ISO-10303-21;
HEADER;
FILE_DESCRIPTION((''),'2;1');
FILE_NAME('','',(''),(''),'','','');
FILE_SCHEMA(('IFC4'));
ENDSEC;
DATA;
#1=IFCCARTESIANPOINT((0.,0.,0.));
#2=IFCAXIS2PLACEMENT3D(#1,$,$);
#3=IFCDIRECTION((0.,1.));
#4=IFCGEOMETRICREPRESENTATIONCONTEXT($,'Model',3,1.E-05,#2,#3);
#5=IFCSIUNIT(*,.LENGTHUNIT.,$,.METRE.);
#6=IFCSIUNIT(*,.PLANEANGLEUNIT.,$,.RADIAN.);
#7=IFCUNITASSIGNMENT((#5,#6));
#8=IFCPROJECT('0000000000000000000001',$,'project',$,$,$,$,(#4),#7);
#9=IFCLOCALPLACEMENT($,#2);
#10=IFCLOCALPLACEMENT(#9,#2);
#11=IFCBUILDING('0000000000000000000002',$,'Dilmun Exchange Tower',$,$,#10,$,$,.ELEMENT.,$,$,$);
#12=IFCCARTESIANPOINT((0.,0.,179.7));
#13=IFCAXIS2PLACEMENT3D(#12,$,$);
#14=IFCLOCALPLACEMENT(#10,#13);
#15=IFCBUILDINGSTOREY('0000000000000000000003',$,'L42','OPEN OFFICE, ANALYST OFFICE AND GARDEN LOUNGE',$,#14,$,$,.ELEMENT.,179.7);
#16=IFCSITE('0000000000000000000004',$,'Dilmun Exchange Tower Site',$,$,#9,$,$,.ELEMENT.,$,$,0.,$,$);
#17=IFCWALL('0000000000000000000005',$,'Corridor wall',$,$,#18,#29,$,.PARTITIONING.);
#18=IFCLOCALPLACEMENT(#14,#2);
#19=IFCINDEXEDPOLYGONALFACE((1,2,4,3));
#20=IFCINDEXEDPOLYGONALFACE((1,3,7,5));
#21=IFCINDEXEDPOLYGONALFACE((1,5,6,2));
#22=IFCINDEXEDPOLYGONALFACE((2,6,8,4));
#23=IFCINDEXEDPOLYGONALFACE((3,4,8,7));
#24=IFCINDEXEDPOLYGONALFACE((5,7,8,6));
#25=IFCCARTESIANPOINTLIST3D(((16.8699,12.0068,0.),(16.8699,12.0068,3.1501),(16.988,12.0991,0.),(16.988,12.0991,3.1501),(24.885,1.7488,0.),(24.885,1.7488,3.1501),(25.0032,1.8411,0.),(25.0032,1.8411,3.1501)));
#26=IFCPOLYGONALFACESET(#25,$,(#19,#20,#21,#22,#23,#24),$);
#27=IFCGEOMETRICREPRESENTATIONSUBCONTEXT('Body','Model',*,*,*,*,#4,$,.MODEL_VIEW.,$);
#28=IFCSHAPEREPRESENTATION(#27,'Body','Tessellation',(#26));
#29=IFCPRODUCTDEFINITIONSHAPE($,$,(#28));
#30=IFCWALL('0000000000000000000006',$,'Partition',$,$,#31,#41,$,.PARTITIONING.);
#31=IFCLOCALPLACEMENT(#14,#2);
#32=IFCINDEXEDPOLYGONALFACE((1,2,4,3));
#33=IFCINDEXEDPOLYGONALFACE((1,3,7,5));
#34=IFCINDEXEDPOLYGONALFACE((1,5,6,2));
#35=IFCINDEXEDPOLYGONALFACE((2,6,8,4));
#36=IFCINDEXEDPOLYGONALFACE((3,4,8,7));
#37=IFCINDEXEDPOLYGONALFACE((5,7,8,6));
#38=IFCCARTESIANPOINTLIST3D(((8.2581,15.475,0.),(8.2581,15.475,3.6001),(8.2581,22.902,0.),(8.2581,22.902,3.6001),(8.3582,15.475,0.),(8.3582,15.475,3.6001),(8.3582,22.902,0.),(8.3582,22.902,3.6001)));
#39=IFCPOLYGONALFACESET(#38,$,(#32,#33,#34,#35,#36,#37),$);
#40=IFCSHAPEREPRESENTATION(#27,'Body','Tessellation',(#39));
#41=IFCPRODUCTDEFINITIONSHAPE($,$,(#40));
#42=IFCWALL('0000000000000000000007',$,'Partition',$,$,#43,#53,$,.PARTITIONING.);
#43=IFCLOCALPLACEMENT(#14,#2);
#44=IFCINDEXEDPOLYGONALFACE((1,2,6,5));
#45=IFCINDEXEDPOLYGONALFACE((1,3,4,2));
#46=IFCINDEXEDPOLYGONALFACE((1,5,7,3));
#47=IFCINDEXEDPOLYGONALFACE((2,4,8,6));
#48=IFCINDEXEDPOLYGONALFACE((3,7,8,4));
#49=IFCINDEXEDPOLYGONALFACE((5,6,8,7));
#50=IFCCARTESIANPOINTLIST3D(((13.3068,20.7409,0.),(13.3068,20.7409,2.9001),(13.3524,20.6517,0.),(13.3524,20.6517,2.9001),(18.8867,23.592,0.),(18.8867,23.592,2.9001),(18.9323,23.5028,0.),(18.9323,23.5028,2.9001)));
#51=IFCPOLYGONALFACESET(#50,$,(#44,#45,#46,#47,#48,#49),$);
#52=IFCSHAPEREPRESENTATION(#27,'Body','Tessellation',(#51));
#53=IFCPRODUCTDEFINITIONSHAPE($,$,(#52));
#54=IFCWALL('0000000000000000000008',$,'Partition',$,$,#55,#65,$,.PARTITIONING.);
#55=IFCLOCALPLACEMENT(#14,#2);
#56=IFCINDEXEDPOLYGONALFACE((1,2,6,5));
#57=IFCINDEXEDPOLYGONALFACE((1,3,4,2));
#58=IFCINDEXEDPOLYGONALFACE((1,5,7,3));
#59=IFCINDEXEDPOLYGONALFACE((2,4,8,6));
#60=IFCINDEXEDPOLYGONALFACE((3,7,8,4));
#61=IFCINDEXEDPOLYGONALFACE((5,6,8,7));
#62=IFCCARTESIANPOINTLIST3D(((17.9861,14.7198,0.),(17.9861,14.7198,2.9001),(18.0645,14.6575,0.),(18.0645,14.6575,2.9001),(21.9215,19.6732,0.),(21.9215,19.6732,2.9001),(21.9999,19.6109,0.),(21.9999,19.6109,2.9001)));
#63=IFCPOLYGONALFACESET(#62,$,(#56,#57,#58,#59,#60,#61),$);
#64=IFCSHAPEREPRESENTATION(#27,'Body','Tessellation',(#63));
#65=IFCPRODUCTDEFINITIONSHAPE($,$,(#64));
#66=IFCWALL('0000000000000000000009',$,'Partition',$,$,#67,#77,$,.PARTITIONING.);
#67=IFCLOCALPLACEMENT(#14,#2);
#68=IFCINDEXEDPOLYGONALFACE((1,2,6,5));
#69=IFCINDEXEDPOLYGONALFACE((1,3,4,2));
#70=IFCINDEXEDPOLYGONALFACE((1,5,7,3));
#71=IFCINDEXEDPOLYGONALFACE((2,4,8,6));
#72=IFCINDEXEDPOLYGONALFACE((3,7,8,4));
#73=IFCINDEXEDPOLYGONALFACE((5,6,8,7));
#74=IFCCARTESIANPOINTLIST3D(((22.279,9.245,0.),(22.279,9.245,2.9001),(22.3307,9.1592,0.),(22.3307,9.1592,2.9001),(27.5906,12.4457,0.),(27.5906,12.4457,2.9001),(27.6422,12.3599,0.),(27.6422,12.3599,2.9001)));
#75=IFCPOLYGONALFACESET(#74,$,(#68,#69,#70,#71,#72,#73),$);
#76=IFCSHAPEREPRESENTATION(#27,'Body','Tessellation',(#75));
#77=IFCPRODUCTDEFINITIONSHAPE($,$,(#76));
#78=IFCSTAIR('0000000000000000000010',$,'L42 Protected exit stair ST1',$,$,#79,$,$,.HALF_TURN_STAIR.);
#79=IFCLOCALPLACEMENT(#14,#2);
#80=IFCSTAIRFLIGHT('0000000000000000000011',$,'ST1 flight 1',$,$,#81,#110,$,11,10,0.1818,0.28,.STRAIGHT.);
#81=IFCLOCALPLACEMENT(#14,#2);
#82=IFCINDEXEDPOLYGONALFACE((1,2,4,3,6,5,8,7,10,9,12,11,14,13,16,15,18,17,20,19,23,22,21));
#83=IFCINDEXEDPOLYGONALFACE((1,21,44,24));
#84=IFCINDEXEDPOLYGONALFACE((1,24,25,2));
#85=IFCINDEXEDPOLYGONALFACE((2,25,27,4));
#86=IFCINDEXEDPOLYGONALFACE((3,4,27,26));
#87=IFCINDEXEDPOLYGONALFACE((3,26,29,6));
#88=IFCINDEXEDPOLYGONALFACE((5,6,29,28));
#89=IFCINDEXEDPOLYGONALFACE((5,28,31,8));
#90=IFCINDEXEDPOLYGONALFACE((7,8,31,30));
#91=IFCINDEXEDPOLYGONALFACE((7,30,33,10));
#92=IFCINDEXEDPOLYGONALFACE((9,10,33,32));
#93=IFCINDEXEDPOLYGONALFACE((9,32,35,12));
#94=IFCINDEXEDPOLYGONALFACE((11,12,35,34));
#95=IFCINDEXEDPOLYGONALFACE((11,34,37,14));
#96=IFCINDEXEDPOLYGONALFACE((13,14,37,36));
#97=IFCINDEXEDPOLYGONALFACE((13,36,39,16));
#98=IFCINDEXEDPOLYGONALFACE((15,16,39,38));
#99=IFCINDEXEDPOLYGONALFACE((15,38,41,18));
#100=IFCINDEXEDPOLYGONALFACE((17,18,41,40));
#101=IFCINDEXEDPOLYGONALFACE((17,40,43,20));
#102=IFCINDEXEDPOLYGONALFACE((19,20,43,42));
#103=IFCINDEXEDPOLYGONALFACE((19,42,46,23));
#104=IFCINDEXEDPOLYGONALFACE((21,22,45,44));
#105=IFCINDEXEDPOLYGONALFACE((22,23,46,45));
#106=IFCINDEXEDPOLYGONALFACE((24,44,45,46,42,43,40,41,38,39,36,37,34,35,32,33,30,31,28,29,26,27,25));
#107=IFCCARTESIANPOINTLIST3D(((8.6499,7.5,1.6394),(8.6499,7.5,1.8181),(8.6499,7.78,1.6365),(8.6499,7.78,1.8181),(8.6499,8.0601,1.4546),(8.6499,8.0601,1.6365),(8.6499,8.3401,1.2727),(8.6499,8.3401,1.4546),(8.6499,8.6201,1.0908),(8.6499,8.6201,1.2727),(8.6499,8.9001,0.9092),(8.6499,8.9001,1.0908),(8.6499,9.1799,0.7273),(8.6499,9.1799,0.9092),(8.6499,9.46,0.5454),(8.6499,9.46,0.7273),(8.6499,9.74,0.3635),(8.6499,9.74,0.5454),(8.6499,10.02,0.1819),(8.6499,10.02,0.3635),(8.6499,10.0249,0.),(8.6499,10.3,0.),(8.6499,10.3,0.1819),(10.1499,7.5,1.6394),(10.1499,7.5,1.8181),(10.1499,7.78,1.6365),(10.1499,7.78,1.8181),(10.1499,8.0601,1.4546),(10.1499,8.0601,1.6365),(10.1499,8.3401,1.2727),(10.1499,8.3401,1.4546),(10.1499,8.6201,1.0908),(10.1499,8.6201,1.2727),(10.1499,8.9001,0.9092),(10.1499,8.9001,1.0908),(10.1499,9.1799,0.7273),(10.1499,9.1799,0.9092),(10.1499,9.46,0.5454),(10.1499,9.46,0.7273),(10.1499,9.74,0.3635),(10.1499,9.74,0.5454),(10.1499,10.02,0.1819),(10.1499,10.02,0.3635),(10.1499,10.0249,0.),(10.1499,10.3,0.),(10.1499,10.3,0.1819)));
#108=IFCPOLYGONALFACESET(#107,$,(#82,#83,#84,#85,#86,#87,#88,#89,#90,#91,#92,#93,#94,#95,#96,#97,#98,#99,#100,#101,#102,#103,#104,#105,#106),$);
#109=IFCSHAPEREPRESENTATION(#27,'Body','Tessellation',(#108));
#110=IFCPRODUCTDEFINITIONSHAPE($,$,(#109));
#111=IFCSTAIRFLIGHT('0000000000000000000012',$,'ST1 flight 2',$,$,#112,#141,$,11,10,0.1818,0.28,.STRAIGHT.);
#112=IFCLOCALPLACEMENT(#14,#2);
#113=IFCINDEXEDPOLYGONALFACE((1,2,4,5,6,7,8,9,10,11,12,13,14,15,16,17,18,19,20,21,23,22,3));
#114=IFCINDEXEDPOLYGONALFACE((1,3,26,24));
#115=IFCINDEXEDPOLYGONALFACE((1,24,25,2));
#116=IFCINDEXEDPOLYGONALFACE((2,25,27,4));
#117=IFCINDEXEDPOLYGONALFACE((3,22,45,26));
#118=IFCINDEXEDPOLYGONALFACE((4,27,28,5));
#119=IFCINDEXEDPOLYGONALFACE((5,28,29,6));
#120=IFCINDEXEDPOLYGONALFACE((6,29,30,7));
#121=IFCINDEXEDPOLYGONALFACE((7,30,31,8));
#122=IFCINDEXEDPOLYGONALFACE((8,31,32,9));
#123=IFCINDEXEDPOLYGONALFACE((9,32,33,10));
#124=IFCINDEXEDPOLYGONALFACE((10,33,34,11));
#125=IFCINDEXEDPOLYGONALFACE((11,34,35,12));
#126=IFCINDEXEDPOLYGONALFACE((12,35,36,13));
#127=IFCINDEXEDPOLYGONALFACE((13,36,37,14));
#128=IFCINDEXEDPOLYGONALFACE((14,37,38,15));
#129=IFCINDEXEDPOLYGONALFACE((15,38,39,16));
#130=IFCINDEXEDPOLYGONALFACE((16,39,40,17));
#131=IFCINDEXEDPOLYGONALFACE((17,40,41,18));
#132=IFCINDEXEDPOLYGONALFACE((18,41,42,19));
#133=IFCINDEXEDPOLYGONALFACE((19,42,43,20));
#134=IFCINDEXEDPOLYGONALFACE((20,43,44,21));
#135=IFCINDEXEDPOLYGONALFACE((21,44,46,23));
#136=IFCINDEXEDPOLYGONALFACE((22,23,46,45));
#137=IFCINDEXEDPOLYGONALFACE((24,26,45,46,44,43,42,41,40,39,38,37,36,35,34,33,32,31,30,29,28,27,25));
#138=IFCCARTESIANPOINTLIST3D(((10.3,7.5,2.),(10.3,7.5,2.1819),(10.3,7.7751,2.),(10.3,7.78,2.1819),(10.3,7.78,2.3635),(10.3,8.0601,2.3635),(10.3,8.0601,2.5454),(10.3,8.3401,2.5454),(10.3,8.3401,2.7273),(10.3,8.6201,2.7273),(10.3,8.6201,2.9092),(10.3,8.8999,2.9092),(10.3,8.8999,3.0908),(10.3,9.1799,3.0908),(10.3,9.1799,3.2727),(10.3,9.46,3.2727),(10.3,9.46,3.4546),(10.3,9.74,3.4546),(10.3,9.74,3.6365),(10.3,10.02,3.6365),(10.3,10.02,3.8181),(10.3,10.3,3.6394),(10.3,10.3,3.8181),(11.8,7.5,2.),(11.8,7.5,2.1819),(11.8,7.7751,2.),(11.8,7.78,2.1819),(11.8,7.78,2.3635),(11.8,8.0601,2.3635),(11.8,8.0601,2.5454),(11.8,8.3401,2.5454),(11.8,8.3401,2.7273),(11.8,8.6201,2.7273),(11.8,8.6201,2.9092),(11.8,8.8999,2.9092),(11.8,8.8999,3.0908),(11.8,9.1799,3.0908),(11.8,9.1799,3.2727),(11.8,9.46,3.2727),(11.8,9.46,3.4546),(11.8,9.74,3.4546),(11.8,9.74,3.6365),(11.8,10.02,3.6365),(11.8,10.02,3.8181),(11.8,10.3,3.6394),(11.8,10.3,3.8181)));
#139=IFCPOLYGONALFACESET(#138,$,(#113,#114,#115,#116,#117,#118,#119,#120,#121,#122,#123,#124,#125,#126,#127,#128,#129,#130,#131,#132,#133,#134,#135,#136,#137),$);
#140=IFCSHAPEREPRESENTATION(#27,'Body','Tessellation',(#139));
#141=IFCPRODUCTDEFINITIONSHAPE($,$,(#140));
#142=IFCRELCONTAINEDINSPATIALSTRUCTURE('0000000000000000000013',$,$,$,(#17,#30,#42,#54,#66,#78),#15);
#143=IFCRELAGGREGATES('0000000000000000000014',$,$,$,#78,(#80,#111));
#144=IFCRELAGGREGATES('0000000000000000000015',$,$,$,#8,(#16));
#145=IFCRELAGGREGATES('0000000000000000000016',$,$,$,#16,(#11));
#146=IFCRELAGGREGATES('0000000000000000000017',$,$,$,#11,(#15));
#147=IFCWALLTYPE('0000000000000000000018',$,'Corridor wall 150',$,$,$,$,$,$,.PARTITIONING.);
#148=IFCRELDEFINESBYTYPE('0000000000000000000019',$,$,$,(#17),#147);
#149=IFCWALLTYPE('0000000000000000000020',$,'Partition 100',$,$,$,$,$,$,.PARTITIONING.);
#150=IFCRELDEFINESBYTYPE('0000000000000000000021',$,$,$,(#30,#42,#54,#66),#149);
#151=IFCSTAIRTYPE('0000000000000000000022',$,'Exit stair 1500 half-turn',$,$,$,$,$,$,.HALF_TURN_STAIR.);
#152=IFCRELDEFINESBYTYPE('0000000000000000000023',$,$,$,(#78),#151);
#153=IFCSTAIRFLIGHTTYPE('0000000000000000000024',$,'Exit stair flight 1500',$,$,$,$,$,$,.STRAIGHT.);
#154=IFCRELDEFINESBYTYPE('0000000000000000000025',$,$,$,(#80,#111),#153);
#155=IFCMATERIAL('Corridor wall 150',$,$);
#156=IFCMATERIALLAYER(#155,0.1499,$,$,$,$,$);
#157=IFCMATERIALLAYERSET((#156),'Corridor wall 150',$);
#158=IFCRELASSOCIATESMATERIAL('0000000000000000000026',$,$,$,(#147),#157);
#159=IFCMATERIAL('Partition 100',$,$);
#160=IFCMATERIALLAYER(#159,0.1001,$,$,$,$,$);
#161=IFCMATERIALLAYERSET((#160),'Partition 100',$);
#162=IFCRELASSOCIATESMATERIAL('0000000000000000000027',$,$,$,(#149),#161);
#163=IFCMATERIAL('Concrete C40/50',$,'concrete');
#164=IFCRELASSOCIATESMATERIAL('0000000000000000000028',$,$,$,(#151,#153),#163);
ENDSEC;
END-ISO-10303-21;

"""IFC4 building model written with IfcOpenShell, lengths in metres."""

from ifc_helpers import new_model, si_unit, direction, frame, frame_2d, origin, place, context, subcontext, project, spatial, polyline, rectangle, outline, extrude, material, layer, layer_set, type_object, element, aggregate, save


model = new_model("IFC4")

# Units and contexts
model_context = context("Model", 3, precision=1e-05, world=origin(), true_north=direction((0.0, 1.0)))
body_context = subcontext(model_context, "Body", "Model", "MODEL_VIEW")
ifc_project = project(units=[si_unit("LENGTHUNIT", "METRE"), si_unit("PLANEANGLEUNIT", "RADIAN")], contexts=[model_context])

# Site, building, storey
site_placement = place(None, origin())
site = spatial("IfcSite", under=ifc_project, at=site_placement, Name="Dilmun Exchange Tower Site", CompositionType="ELEMENT", RefElevation=0.0)
building_placement = place(site_placement, origin())
building = spatial("IfcBuilding", under=site, at=building_placement, Name="Dilmun Exchange Tower", CompositionType="ELEMENT")
storey_placement = place(building_placement, frame((0.0, 0.0, 179.7)))
storey = spatial("IfcBuildingStorey", under=building, at=storey_placement, Name="L42", Description="OPEN OFFICE, ANALYST OFFICE AND GARDEN LOUNGE", CompositionType="ELEMENT", Elevation=179.7)

# Shared definitions
ifc_material_1 = material(Name="Concrete C40/50", Category="concrete")

# Shared definitions
ifc_material_2 = material(Name="Corridor wall 150")
ifc_layer_1 = layer(ifc_material_2, 0.1499)
ifc_layer_set_1 = layer_set([ifc_layer_1], Name="Corridor wall 150")
wall_type_1 = type_object("IfcWallType", Name="Corridor wall 150", PredefinedType="PARTITIONING", material=ifc_layer_set_1)

# Walls
wall_1_placement = place(storey_placement, frame((16.929, 12.053, 0.0), z_axis=(0.0, 0.0, 1.0), x_axis=(0.615693, -0.787986, 0.0)))
element("IfcWall", 1, at=wall_1_placement, inside=storey, type_object=wall_type_1, Name="Corridor wall", PredefinedType="PARTITIONING", context=body_context, shape_type="SweptSolid", body=[
    extrude(rectangle(XDim=13.0181, YDim=0.1499, at=frame_2d((6.509, 0.0))), origin(), (0.0, 0.0, 1.0), 3.1501),
])
ifc_material_3 = material(Name="Partition 100")
ifc_layer_2 = layer(ifc_material_3, 0.1001)
ifc_layer_set_2 = layer_set([ifc_layer_2], Name="Partition 100")
wall_type_2 = type_object("IfcWallType", Name="Partition 100", PredefinedType="PARTITIONING", material=ifc_layer_set_2)
wall_2_placement = place(storey_placement, frame((8.3081, 15.4751, 0.0), z_axis=(0.0, 0.0, 1.0), x_axis=(0.0, 1.0, 0.0)))
element("IfcWall", 2, at=wall_2_placement, inside=storey, type_object=wall_type_2, Name="Partition", PredefinedType="PARTITIONING", context=body_context, shape_type="SweptSolid", body=[
    extrude(rectangle(XDim=7.427, YDim=0.1001, at=frame_2d((3.7134, 0.0))), origin(), (0.0, 0.0, 1.0), 3.6001),
])
wall_3_placement = place(storey_placement, frame((13.3296, 20.6963, 0.0), z_axis=(0.0, 0.0, 1.0), x_axis=(0.890489, 0.455005, 0.0)))
element("IfcWall", 3, at=wall_3_placement, inside=storey, type_object=wall_type_2, Name="Partition", PredefinedType="PARTITIONING", context=body_context, shape_type="SweptSolid", body=[
    extrude(rectangle(XDim=6.2661, YDim=0.1001, at=frame_2d((3.1331, 0.0))), origin(), (0.0, 0.0, 1.0), 2.9001),
])
wall_4_placement = place(storey_placement, frame((18.0254, 14.6887, 0.0), z_axis=(0.0, 0.0, 1.0), x_axis=(0.622051, 0.782977, 0.0)))
element("IfcWall", 4, at=wall_4_placement, inside=storey, type_object=wall_type_2, Name="Partition", PredefinedType="PARTITIONING", context=body_context, shape_type="SweptSolid", body=[
    extrude(rectangle(XDim=6.3264, YDim=0.1001, at=frame_2d((3.1631, 0.0))), origin(), (0.0, 0.0, 1.0), 2.9001),
])
wall_5_placement = place(storey_placement, frame((22.3049, 9.2021, 0.0), z_axis=(0.0, 0.0, 1.0), x_axis=(0.856512, 0.516127, 0.0)))
element("IfcWall", 5, at=wall_5_placement, inside=storey, type_object=wall_type_2, Name="Partition", PredefinedType="PARTITIONING", context=body_context, shape_type="SweptSolid", body=[
    extrude(rectangle(XDim=6.2014, YDim=0.1001, at=frame_2d((3.1006, 0.0))), origin(), (0.0, 0.0, 1.0), 2.9001),
])

# Stair, stair flights
stair_type = type_object("IfcStairType", Name="Exit stair 1500 half-turn", PredefinedType="HALF_TURN_STAIR", material=ifc_material_1)
stair_placement = place(storey_placement, origin())
stair = element("IfcStair", 6, at=stair_placement, inside=storey, type_object=stair_type, Name="L42 Protected exit stair ST1", PredefinedType="HALF_TURN_STAIR")
stair_flight_type = type_object("IfcStairFlightType", Name="Exit stair flight 1500", PredefinedType="STRAIGHT", material=ifc_material_1)
stair_flight_1_placement = place(storey_placement, frame((9.3999, 10.3, 0.0), z_axis=(0.0, 0.0, 1.0), x_axis=(0.0, -1.0, 0.0)))
stair_flight_1 = element("IfcStairFlight", 7, at=stair_flight_1_placement, type_object=stair_flight_type, Name="ST1 flight 1", NumberOfRisers=11, NumberOfTreads=10, PredefinedType="STRAIGHT", RiserHeight=0.1818, TreadLength=0.28, context=body_context, shape_type="SweptSolid", body=[
    extrude(outline(polyline([(0.0, 0.0), (0.0, 0.1819), (0.28, 0.1819), (0.28, 0.3635), (0.5601, 0.3635), (0.5601, 0.5454), (0.8401, 0.5454), (0.8401, 0.7273), (1.1201, 0.7273), (1.1201, 0.9092), (1.3999, 0.9092), (1.3999, 1.0908), (1.6799, 1.0908), (1.6799, 1.2727), (1.96, 1.2727), (1.96, 1.4546), (2.24, 1.4546), (2.24, 1.6365), (2.52, 1.6365), (2.52, 1.8181), (2.8, 1.8181), (2.8, 2.0), (2.8, 1.6394), (0.2751, 0.0), (0.0, 0.0)])), frame((0.0, 0.75, 0.0), z_axis=(0.0, -1.0, 0.0), x_axis=(1.0, 0.0, 0.0)), (0.0, 0.0, 1.0), 1.5),
])
stair_flight_2_placement = place(storey_placement, frame((11.05, 7.5, 2.0), z_axis=(0.0, 0.0, 1.0), x_axis=(0.0, 1.0, 0.0)))
stair_flight_2 = element("IfcStairFlight", 8, at=stair_flight_2_placement, type_object=stair_flight_type, Name="ST1 flight 2", NumberOfRisers=11, NumberOfTreads=10, PredefinedType="STRAIGHT", RiserHeight=0.1818, TreadLength=0.28, context=body_context, shape_type="SweptSolid", body=[
    extrude(outline(polyline([(0.0, 0.0), (0.0, 0.1819), (0.28, 0.1819), (0.28, 0.3635), (0.5601, 0.3635), (0.5601, 0.5454), (0.8401, 0.5454), (0.8401, 0.7273), (1.1201, 0.7273), (1.1201, 0.9092), (1.3999, 0.9092), (1.3999, 1.0908), (1.6799, 1.0908), (1.6799, 1.2727), (1.96, 1.2727), (1.96, 1.4546), (2.24, 1.4546), (2.24, 1.6365), (2.52, 1.6365), (2.52, 1.8181), (2.8, 1.8181), (2.8, 2.0), (2.8, 1.6394), (0.2751, 0.0), (0.0, 0.0)])), frame((0.0, 0.75, 0.0), z_axis=(0.0, -1.0, 0.0), x_axis=(1.0, 0.0, 0.0)), (0.0, 0.0, 1.0), 1.5),
])
aggregate(stair, [stair_flight_1, stair_flight_2])

save(model, "model.ifc")
